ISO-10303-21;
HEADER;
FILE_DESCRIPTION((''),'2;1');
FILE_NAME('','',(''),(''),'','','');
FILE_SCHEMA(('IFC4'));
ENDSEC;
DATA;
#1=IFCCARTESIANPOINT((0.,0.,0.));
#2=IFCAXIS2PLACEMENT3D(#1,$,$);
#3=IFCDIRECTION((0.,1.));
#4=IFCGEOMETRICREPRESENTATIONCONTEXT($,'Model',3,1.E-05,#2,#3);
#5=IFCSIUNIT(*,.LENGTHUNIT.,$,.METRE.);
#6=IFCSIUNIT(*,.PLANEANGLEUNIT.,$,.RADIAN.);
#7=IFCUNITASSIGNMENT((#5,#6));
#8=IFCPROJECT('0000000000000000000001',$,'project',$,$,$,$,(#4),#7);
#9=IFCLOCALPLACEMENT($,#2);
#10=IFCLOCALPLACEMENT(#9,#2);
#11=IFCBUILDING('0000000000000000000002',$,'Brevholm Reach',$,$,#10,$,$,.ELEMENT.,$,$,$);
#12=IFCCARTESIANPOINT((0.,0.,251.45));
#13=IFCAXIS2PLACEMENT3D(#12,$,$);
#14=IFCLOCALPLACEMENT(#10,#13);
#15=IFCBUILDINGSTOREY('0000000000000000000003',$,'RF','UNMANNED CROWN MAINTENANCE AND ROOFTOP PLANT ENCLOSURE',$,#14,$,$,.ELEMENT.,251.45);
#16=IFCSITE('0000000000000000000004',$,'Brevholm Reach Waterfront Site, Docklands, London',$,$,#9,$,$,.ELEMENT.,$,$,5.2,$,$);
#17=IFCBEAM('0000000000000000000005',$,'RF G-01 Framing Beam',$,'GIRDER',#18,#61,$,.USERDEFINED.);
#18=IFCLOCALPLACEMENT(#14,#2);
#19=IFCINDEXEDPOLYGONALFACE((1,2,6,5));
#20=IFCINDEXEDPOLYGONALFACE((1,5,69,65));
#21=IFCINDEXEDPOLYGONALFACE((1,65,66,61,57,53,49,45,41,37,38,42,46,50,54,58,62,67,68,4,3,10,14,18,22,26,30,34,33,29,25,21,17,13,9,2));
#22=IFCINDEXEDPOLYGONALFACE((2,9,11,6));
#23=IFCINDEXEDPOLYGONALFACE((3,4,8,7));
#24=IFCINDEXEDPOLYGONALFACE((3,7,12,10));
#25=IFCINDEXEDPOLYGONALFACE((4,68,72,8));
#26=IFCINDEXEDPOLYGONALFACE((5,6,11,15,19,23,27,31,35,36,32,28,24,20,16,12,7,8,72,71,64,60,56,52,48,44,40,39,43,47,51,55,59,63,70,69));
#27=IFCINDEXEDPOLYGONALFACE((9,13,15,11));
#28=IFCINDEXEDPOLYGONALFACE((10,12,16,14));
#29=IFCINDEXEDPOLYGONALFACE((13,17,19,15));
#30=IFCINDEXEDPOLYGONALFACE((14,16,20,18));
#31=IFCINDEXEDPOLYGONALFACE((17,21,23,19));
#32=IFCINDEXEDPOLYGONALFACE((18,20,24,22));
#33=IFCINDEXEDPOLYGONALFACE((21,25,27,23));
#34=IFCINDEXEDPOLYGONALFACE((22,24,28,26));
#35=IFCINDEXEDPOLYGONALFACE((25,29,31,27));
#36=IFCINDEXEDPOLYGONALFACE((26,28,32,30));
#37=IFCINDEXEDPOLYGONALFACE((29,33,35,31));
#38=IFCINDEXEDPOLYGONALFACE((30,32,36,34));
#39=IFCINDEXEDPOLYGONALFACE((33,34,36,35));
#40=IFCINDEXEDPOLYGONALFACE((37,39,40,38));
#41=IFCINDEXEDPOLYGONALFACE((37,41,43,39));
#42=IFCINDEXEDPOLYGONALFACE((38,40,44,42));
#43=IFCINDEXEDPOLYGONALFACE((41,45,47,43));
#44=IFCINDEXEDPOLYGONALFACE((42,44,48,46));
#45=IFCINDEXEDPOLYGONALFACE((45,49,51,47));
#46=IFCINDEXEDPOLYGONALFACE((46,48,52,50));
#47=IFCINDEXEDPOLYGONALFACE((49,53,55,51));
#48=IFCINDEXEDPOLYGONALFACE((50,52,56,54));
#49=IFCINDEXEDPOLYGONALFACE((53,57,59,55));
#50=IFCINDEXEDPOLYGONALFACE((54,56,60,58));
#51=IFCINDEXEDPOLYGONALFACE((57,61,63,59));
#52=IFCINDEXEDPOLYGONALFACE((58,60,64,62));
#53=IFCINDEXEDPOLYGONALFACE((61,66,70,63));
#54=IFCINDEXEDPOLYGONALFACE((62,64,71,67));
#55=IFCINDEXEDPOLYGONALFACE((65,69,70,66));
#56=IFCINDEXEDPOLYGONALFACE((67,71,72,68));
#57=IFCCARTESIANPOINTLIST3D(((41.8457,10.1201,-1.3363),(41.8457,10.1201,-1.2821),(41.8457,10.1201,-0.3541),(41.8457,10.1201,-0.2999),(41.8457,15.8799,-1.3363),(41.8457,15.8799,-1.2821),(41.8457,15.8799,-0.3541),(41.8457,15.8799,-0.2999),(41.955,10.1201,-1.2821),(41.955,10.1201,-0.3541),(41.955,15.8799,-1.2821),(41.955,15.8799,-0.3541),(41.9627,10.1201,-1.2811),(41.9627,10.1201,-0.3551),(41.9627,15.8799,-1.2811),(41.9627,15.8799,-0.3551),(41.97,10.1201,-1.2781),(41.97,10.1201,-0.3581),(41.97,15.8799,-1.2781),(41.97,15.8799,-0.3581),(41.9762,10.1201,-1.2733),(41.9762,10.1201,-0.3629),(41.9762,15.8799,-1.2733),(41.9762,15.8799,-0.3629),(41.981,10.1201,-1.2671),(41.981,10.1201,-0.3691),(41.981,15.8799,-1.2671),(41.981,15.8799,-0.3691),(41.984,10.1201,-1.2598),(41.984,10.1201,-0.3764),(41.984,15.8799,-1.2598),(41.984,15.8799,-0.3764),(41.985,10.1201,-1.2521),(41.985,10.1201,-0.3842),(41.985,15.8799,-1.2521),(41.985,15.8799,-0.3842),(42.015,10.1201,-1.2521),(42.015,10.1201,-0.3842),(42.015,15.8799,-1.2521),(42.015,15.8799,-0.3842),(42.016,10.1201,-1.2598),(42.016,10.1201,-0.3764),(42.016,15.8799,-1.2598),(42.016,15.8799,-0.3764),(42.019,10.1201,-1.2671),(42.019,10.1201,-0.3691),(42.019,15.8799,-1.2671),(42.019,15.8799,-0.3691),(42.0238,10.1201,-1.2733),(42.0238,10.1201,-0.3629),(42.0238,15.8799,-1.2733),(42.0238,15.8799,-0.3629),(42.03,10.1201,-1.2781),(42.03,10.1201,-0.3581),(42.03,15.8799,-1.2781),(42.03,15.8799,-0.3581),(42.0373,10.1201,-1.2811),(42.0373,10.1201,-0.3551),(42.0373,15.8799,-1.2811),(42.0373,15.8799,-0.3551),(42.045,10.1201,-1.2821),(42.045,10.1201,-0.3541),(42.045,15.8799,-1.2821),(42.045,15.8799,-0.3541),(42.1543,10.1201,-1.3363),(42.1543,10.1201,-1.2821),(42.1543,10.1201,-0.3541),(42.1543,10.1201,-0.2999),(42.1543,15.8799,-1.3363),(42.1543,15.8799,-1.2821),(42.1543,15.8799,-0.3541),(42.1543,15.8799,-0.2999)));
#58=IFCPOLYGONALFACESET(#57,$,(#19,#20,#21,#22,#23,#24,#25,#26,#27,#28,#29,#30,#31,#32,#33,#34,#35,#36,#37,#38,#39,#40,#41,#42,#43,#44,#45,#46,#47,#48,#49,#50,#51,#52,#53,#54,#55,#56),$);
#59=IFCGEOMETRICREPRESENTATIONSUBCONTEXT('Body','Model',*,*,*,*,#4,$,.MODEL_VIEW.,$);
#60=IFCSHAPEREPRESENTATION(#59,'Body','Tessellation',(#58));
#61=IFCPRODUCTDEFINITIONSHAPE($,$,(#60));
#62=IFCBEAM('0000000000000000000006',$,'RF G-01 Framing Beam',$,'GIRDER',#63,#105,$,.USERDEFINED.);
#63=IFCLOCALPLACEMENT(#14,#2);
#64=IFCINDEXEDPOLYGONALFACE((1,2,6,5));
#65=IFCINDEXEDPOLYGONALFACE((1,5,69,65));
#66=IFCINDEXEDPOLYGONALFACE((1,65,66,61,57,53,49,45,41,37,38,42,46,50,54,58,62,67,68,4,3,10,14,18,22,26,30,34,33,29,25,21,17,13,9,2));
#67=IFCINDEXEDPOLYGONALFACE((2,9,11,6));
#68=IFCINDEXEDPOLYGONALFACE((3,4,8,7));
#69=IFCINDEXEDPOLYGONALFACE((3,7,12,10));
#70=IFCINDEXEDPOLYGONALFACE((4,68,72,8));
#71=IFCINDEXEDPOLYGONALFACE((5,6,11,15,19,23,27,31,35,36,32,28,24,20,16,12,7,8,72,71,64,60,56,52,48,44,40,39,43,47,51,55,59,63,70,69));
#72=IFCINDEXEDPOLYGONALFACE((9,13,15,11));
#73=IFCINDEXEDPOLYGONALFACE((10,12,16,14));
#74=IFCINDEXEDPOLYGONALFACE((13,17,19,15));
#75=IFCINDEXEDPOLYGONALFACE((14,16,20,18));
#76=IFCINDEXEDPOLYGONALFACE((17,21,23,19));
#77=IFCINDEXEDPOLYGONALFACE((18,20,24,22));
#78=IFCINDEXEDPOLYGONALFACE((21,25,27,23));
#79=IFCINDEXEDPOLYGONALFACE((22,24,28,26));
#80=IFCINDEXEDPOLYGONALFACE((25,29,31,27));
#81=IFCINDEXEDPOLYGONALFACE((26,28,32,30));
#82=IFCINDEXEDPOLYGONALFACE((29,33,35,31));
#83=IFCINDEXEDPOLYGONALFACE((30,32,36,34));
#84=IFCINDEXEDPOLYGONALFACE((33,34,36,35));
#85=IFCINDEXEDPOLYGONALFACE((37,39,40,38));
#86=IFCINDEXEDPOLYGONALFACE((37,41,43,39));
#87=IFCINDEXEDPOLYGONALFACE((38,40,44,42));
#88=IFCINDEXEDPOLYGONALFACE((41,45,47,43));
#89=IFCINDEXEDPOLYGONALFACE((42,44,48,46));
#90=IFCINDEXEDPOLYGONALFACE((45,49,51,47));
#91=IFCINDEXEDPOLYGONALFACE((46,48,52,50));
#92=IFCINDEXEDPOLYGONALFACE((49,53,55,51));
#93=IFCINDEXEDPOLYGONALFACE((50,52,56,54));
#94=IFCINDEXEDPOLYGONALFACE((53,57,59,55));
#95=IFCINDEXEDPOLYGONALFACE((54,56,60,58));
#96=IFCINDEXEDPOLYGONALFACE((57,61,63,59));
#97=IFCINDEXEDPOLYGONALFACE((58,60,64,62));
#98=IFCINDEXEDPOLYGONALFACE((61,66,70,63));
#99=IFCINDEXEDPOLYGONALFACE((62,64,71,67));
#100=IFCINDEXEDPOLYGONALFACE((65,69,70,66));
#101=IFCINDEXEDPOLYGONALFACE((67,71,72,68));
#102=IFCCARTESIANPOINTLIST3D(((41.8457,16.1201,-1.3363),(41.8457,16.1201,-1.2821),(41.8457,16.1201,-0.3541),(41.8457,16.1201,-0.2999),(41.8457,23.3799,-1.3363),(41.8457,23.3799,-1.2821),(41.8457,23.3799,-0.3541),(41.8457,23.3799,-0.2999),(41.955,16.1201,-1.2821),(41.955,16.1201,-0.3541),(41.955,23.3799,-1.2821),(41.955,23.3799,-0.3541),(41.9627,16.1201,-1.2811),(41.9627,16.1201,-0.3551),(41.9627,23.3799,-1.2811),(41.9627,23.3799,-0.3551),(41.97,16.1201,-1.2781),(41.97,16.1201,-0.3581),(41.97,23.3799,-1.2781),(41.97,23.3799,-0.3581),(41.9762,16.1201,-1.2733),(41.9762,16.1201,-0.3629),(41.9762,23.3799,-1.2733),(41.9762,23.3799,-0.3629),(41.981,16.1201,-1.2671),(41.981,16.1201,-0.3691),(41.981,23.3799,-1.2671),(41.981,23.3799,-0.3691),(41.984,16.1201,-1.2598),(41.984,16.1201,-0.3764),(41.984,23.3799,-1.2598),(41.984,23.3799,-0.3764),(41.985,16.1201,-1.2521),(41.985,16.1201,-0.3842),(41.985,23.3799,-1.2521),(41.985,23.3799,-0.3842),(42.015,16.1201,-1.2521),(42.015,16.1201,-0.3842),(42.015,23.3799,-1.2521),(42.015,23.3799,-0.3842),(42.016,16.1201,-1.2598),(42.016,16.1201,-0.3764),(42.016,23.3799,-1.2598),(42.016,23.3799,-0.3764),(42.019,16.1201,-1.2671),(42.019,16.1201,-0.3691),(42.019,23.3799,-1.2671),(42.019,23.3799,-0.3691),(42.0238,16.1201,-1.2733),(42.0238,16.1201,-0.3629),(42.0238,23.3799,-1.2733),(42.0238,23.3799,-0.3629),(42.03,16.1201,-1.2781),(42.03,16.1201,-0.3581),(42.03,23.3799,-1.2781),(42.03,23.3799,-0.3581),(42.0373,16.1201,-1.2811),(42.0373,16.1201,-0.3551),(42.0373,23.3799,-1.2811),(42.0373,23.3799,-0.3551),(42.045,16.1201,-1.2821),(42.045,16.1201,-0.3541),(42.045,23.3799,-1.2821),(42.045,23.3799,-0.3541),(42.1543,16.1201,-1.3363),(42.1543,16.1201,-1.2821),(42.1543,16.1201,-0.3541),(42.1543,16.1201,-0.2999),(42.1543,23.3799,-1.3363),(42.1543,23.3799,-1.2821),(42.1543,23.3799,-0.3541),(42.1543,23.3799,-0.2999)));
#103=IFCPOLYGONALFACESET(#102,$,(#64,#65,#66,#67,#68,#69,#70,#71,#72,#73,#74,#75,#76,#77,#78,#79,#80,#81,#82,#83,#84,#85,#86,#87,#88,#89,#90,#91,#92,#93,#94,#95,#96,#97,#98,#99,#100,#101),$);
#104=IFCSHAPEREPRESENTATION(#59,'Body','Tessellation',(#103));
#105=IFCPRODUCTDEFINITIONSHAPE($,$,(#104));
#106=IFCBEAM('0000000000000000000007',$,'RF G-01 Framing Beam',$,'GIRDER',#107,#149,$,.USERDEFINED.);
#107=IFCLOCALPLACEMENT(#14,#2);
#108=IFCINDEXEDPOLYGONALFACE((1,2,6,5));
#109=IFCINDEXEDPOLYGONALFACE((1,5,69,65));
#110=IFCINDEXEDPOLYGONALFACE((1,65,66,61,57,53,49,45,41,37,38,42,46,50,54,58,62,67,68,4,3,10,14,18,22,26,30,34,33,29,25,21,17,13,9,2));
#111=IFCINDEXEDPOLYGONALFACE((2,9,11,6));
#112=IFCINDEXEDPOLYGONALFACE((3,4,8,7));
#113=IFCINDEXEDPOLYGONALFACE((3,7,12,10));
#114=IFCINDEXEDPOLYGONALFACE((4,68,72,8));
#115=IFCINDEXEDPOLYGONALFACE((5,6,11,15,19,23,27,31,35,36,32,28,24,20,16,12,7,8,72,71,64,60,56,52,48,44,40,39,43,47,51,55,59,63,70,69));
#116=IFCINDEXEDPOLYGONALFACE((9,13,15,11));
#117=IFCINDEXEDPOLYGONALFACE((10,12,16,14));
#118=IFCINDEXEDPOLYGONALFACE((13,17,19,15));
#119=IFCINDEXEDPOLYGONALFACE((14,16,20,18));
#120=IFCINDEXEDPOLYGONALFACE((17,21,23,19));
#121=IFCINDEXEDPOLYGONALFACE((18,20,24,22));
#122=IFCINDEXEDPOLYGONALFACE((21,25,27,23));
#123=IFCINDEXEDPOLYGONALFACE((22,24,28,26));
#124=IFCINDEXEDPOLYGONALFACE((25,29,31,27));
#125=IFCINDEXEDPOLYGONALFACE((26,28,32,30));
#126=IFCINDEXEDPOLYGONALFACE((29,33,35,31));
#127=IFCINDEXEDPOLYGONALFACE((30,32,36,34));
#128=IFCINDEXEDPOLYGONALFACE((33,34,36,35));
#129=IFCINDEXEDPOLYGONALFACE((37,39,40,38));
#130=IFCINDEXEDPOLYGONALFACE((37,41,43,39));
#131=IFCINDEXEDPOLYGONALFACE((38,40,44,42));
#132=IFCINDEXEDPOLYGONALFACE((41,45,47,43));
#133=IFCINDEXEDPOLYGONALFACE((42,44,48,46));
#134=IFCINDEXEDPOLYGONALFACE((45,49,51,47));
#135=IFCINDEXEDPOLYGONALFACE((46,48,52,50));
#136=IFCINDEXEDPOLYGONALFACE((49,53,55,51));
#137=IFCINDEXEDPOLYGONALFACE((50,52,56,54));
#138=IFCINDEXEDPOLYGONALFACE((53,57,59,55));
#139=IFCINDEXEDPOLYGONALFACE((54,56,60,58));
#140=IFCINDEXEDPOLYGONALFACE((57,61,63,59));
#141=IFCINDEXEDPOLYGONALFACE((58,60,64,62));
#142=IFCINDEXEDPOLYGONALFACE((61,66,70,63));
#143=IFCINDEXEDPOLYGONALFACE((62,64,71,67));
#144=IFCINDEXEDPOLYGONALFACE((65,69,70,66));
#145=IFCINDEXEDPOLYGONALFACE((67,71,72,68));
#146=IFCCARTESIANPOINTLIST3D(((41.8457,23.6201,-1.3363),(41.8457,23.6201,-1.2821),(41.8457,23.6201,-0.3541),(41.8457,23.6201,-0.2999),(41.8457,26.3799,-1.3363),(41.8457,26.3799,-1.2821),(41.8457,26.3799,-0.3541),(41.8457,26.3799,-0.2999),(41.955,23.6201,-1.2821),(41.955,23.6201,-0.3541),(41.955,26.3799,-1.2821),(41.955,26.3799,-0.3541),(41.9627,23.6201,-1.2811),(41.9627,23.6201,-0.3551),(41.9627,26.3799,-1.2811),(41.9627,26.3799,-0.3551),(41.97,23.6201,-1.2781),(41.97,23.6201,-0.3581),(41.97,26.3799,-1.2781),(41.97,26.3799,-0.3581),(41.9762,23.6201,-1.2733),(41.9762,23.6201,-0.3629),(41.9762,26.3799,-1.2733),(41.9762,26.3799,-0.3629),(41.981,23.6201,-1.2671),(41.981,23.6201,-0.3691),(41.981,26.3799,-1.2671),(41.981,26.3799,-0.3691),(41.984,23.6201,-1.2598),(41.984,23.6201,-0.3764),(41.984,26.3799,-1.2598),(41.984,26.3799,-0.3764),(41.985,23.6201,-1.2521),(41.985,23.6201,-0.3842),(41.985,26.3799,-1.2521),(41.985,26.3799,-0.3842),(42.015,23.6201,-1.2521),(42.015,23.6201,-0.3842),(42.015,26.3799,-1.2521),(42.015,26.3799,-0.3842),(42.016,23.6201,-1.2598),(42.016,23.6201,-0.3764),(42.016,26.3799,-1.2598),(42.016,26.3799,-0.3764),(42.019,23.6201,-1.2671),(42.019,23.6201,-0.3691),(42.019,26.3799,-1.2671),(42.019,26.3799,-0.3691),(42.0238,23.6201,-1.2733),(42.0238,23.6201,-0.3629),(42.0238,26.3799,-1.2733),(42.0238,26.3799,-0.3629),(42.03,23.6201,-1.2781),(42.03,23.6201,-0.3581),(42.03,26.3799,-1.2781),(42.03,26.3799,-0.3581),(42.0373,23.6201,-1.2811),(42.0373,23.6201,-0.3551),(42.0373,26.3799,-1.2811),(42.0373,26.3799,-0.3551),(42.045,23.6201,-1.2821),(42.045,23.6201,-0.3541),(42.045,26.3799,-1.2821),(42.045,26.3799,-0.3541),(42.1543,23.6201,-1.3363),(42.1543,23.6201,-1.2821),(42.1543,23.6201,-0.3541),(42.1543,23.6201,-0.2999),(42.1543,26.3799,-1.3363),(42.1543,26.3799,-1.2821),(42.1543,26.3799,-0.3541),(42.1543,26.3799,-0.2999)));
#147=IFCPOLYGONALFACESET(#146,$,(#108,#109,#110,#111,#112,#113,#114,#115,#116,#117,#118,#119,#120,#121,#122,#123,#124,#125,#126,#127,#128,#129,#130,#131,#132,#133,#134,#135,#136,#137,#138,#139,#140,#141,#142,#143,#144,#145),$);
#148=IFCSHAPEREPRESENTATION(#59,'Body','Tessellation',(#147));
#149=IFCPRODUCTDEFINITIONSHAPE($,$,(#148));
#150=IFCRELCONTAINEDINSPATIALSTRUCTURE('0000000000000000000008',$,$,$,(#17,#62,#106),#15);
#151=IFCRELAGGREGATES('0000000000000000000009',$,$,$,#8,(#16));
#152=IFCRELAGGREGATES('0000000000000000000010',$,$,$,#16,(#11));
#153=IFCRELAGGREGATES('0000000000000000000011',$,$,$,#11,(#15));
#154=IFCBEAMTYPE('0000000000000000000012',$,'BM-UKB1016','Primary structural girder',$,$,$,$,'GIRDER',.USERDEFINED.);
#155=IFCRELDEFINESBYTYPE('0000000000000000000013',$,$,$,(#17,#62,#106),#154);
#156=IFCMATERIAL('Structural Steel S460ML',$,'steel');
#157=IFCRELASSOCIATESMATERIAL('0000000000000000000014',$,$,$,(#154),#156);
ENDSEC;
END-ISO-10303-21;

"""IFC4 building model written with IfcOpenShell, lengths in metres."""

from ifc_helpers import new_model, si_unit, direction, frame, origin, origin_2d, place, context, subcontext, project, spatial, i_section, extrude, material, material_profile, profile_set, type_object, element, save


model = new_model("IFC4")

# Units and contexts
model_context = context("Model", 3, precision=1e-05, world=origin(), true_north=direction((0.0, 1.0)))
body_context = subcontext(model_context, "Body", "Model", "MODEL_VIEW")
ifc_project = project(units=[si_unit("LENGTHUNIT", "METRE"), si_unit("PLANEANGLEUNIT", "RADIAN")], contexts=[model_context])

# Site, building, storey
site_placement = place(None, origin())
site = spatial("IfcSite", under=ifc_project, at=site_placement, Name="Brevholm Reach Waterfront Site, Docklands, London", CompositionType="ELEMENT", RefElevation=5.2)
building_placement = place(site_placement, origin())
building = spatial("IfcBuilding", under=site, at=building_placement, Name="Brevholm Reach", CompositionType="ELEMENT")
storey_placement = place(building_placement, frame((0.0, 0.0, 251.45)))
storey = spatial("IfcBuildingStorey", under=building, at=storey_placement, Name="RF", Description="UNMANNED CROWN MAINTENANCE AND ROOFTOP PLANT ENCLOSURE", CompositionType="ELEMENT", Elevation=251.45)

# Beams
ifc_material_1 = material(Name="Structural Steel S460ML", Category="steel")
ifc_material_profile_1 = material_profile(ifc_material_1, i_section(OverallWidth=0.3086, OverallDepth=1.0364, WebThickness=0.03, FlangeThickness=0.0542, FilletRadius=0.03, at=origin_2d()), Name="UKB 1016x305x487")
ifc_profile_set_1 = profile_set([ifc_material_profile_1], Name="Structural Steel S460ML")
beam_type_1 = type_object("IfcBeamType", Name="BM-UKB1016", Description="Primary structural girder", ElementType="GIRDER", PredefinedType="USERDEFINED", material=ifc_profile_set_1)
beam_1_placement = place(storey_placement, frame((42.0, 10.1201, -0.8181), z_axis=(0.0, 1.0, 0.0), x_axis=(-1.0, 0.0, 0.0)))
element("IfcBeam", 1, at=beam_1_placement, inside=storey, type_object=beam_type_1, Name="RF G-01 Framing Beam", ObjectType="GIRDER", PredefinedType="USERDEFINED", context=body_context, shape_type="SweptSolid", body=[
    extrude(i_section(OverallWidth=0.3086, OverallDepth=1.0364, WebThickness=0.03, FlangeThickness=0.0542, FilletRadius=0.03, at=origin_2d()), origin(), (0.0, 0.0, 1.0), 5.7598),
])
beam_2_placement = place(storey_placement, frame((42.0, 16.1201, -0.8181), z_axis=(0.0, 1.0, 0.0), x_axis=(-1.0, 0.0, 0.0)))
element("IfcBeam", 2, at=beam_2_placement, inside=storey, type_object=beam_type_1, Name="RF G-01 Framing Beam", ObjectType="GIRDER", PredefinedType="USERDEFINED", context=body_context, shape_type="SweptSolid", body=[
    extrude(i_section(OverallWidth=0.3086, OverallDepth=1.0364, WebThickness=0.03, FlangeThickness=0.0542, FilletRadius=0.03, at=origin_2d()), origin(), (0.0, 0.0, 1.0), 7.2598),
])
beam_3_placement = place(storey_placement, frame((42.0, 23.6201, -0.8181), z_axis=(0.0, 1.0, 0.0), x_axis=(-1.0, 0.0, 0.0)))
element("IfcBeam", 3, at=beam_3_placement, inside=storey, type_object=beam_type_1, Name="RF G-01 Framing Beam", ObjectType="GIRDER", PredefinedType="USERDEFINED", context=body_context, shape_type="SweptSolid", body=[
    extrude(i_section(OverallWidth=0.3086, OverallDepth=1.0364, WebThickness=0.03, FlangeThickness=0.0542, FilletRadius=0.03, at=origin_2d()), origin(), (0.0, 0.0, 1.0), 2.7598),
])

save(model, "model.ifc")
